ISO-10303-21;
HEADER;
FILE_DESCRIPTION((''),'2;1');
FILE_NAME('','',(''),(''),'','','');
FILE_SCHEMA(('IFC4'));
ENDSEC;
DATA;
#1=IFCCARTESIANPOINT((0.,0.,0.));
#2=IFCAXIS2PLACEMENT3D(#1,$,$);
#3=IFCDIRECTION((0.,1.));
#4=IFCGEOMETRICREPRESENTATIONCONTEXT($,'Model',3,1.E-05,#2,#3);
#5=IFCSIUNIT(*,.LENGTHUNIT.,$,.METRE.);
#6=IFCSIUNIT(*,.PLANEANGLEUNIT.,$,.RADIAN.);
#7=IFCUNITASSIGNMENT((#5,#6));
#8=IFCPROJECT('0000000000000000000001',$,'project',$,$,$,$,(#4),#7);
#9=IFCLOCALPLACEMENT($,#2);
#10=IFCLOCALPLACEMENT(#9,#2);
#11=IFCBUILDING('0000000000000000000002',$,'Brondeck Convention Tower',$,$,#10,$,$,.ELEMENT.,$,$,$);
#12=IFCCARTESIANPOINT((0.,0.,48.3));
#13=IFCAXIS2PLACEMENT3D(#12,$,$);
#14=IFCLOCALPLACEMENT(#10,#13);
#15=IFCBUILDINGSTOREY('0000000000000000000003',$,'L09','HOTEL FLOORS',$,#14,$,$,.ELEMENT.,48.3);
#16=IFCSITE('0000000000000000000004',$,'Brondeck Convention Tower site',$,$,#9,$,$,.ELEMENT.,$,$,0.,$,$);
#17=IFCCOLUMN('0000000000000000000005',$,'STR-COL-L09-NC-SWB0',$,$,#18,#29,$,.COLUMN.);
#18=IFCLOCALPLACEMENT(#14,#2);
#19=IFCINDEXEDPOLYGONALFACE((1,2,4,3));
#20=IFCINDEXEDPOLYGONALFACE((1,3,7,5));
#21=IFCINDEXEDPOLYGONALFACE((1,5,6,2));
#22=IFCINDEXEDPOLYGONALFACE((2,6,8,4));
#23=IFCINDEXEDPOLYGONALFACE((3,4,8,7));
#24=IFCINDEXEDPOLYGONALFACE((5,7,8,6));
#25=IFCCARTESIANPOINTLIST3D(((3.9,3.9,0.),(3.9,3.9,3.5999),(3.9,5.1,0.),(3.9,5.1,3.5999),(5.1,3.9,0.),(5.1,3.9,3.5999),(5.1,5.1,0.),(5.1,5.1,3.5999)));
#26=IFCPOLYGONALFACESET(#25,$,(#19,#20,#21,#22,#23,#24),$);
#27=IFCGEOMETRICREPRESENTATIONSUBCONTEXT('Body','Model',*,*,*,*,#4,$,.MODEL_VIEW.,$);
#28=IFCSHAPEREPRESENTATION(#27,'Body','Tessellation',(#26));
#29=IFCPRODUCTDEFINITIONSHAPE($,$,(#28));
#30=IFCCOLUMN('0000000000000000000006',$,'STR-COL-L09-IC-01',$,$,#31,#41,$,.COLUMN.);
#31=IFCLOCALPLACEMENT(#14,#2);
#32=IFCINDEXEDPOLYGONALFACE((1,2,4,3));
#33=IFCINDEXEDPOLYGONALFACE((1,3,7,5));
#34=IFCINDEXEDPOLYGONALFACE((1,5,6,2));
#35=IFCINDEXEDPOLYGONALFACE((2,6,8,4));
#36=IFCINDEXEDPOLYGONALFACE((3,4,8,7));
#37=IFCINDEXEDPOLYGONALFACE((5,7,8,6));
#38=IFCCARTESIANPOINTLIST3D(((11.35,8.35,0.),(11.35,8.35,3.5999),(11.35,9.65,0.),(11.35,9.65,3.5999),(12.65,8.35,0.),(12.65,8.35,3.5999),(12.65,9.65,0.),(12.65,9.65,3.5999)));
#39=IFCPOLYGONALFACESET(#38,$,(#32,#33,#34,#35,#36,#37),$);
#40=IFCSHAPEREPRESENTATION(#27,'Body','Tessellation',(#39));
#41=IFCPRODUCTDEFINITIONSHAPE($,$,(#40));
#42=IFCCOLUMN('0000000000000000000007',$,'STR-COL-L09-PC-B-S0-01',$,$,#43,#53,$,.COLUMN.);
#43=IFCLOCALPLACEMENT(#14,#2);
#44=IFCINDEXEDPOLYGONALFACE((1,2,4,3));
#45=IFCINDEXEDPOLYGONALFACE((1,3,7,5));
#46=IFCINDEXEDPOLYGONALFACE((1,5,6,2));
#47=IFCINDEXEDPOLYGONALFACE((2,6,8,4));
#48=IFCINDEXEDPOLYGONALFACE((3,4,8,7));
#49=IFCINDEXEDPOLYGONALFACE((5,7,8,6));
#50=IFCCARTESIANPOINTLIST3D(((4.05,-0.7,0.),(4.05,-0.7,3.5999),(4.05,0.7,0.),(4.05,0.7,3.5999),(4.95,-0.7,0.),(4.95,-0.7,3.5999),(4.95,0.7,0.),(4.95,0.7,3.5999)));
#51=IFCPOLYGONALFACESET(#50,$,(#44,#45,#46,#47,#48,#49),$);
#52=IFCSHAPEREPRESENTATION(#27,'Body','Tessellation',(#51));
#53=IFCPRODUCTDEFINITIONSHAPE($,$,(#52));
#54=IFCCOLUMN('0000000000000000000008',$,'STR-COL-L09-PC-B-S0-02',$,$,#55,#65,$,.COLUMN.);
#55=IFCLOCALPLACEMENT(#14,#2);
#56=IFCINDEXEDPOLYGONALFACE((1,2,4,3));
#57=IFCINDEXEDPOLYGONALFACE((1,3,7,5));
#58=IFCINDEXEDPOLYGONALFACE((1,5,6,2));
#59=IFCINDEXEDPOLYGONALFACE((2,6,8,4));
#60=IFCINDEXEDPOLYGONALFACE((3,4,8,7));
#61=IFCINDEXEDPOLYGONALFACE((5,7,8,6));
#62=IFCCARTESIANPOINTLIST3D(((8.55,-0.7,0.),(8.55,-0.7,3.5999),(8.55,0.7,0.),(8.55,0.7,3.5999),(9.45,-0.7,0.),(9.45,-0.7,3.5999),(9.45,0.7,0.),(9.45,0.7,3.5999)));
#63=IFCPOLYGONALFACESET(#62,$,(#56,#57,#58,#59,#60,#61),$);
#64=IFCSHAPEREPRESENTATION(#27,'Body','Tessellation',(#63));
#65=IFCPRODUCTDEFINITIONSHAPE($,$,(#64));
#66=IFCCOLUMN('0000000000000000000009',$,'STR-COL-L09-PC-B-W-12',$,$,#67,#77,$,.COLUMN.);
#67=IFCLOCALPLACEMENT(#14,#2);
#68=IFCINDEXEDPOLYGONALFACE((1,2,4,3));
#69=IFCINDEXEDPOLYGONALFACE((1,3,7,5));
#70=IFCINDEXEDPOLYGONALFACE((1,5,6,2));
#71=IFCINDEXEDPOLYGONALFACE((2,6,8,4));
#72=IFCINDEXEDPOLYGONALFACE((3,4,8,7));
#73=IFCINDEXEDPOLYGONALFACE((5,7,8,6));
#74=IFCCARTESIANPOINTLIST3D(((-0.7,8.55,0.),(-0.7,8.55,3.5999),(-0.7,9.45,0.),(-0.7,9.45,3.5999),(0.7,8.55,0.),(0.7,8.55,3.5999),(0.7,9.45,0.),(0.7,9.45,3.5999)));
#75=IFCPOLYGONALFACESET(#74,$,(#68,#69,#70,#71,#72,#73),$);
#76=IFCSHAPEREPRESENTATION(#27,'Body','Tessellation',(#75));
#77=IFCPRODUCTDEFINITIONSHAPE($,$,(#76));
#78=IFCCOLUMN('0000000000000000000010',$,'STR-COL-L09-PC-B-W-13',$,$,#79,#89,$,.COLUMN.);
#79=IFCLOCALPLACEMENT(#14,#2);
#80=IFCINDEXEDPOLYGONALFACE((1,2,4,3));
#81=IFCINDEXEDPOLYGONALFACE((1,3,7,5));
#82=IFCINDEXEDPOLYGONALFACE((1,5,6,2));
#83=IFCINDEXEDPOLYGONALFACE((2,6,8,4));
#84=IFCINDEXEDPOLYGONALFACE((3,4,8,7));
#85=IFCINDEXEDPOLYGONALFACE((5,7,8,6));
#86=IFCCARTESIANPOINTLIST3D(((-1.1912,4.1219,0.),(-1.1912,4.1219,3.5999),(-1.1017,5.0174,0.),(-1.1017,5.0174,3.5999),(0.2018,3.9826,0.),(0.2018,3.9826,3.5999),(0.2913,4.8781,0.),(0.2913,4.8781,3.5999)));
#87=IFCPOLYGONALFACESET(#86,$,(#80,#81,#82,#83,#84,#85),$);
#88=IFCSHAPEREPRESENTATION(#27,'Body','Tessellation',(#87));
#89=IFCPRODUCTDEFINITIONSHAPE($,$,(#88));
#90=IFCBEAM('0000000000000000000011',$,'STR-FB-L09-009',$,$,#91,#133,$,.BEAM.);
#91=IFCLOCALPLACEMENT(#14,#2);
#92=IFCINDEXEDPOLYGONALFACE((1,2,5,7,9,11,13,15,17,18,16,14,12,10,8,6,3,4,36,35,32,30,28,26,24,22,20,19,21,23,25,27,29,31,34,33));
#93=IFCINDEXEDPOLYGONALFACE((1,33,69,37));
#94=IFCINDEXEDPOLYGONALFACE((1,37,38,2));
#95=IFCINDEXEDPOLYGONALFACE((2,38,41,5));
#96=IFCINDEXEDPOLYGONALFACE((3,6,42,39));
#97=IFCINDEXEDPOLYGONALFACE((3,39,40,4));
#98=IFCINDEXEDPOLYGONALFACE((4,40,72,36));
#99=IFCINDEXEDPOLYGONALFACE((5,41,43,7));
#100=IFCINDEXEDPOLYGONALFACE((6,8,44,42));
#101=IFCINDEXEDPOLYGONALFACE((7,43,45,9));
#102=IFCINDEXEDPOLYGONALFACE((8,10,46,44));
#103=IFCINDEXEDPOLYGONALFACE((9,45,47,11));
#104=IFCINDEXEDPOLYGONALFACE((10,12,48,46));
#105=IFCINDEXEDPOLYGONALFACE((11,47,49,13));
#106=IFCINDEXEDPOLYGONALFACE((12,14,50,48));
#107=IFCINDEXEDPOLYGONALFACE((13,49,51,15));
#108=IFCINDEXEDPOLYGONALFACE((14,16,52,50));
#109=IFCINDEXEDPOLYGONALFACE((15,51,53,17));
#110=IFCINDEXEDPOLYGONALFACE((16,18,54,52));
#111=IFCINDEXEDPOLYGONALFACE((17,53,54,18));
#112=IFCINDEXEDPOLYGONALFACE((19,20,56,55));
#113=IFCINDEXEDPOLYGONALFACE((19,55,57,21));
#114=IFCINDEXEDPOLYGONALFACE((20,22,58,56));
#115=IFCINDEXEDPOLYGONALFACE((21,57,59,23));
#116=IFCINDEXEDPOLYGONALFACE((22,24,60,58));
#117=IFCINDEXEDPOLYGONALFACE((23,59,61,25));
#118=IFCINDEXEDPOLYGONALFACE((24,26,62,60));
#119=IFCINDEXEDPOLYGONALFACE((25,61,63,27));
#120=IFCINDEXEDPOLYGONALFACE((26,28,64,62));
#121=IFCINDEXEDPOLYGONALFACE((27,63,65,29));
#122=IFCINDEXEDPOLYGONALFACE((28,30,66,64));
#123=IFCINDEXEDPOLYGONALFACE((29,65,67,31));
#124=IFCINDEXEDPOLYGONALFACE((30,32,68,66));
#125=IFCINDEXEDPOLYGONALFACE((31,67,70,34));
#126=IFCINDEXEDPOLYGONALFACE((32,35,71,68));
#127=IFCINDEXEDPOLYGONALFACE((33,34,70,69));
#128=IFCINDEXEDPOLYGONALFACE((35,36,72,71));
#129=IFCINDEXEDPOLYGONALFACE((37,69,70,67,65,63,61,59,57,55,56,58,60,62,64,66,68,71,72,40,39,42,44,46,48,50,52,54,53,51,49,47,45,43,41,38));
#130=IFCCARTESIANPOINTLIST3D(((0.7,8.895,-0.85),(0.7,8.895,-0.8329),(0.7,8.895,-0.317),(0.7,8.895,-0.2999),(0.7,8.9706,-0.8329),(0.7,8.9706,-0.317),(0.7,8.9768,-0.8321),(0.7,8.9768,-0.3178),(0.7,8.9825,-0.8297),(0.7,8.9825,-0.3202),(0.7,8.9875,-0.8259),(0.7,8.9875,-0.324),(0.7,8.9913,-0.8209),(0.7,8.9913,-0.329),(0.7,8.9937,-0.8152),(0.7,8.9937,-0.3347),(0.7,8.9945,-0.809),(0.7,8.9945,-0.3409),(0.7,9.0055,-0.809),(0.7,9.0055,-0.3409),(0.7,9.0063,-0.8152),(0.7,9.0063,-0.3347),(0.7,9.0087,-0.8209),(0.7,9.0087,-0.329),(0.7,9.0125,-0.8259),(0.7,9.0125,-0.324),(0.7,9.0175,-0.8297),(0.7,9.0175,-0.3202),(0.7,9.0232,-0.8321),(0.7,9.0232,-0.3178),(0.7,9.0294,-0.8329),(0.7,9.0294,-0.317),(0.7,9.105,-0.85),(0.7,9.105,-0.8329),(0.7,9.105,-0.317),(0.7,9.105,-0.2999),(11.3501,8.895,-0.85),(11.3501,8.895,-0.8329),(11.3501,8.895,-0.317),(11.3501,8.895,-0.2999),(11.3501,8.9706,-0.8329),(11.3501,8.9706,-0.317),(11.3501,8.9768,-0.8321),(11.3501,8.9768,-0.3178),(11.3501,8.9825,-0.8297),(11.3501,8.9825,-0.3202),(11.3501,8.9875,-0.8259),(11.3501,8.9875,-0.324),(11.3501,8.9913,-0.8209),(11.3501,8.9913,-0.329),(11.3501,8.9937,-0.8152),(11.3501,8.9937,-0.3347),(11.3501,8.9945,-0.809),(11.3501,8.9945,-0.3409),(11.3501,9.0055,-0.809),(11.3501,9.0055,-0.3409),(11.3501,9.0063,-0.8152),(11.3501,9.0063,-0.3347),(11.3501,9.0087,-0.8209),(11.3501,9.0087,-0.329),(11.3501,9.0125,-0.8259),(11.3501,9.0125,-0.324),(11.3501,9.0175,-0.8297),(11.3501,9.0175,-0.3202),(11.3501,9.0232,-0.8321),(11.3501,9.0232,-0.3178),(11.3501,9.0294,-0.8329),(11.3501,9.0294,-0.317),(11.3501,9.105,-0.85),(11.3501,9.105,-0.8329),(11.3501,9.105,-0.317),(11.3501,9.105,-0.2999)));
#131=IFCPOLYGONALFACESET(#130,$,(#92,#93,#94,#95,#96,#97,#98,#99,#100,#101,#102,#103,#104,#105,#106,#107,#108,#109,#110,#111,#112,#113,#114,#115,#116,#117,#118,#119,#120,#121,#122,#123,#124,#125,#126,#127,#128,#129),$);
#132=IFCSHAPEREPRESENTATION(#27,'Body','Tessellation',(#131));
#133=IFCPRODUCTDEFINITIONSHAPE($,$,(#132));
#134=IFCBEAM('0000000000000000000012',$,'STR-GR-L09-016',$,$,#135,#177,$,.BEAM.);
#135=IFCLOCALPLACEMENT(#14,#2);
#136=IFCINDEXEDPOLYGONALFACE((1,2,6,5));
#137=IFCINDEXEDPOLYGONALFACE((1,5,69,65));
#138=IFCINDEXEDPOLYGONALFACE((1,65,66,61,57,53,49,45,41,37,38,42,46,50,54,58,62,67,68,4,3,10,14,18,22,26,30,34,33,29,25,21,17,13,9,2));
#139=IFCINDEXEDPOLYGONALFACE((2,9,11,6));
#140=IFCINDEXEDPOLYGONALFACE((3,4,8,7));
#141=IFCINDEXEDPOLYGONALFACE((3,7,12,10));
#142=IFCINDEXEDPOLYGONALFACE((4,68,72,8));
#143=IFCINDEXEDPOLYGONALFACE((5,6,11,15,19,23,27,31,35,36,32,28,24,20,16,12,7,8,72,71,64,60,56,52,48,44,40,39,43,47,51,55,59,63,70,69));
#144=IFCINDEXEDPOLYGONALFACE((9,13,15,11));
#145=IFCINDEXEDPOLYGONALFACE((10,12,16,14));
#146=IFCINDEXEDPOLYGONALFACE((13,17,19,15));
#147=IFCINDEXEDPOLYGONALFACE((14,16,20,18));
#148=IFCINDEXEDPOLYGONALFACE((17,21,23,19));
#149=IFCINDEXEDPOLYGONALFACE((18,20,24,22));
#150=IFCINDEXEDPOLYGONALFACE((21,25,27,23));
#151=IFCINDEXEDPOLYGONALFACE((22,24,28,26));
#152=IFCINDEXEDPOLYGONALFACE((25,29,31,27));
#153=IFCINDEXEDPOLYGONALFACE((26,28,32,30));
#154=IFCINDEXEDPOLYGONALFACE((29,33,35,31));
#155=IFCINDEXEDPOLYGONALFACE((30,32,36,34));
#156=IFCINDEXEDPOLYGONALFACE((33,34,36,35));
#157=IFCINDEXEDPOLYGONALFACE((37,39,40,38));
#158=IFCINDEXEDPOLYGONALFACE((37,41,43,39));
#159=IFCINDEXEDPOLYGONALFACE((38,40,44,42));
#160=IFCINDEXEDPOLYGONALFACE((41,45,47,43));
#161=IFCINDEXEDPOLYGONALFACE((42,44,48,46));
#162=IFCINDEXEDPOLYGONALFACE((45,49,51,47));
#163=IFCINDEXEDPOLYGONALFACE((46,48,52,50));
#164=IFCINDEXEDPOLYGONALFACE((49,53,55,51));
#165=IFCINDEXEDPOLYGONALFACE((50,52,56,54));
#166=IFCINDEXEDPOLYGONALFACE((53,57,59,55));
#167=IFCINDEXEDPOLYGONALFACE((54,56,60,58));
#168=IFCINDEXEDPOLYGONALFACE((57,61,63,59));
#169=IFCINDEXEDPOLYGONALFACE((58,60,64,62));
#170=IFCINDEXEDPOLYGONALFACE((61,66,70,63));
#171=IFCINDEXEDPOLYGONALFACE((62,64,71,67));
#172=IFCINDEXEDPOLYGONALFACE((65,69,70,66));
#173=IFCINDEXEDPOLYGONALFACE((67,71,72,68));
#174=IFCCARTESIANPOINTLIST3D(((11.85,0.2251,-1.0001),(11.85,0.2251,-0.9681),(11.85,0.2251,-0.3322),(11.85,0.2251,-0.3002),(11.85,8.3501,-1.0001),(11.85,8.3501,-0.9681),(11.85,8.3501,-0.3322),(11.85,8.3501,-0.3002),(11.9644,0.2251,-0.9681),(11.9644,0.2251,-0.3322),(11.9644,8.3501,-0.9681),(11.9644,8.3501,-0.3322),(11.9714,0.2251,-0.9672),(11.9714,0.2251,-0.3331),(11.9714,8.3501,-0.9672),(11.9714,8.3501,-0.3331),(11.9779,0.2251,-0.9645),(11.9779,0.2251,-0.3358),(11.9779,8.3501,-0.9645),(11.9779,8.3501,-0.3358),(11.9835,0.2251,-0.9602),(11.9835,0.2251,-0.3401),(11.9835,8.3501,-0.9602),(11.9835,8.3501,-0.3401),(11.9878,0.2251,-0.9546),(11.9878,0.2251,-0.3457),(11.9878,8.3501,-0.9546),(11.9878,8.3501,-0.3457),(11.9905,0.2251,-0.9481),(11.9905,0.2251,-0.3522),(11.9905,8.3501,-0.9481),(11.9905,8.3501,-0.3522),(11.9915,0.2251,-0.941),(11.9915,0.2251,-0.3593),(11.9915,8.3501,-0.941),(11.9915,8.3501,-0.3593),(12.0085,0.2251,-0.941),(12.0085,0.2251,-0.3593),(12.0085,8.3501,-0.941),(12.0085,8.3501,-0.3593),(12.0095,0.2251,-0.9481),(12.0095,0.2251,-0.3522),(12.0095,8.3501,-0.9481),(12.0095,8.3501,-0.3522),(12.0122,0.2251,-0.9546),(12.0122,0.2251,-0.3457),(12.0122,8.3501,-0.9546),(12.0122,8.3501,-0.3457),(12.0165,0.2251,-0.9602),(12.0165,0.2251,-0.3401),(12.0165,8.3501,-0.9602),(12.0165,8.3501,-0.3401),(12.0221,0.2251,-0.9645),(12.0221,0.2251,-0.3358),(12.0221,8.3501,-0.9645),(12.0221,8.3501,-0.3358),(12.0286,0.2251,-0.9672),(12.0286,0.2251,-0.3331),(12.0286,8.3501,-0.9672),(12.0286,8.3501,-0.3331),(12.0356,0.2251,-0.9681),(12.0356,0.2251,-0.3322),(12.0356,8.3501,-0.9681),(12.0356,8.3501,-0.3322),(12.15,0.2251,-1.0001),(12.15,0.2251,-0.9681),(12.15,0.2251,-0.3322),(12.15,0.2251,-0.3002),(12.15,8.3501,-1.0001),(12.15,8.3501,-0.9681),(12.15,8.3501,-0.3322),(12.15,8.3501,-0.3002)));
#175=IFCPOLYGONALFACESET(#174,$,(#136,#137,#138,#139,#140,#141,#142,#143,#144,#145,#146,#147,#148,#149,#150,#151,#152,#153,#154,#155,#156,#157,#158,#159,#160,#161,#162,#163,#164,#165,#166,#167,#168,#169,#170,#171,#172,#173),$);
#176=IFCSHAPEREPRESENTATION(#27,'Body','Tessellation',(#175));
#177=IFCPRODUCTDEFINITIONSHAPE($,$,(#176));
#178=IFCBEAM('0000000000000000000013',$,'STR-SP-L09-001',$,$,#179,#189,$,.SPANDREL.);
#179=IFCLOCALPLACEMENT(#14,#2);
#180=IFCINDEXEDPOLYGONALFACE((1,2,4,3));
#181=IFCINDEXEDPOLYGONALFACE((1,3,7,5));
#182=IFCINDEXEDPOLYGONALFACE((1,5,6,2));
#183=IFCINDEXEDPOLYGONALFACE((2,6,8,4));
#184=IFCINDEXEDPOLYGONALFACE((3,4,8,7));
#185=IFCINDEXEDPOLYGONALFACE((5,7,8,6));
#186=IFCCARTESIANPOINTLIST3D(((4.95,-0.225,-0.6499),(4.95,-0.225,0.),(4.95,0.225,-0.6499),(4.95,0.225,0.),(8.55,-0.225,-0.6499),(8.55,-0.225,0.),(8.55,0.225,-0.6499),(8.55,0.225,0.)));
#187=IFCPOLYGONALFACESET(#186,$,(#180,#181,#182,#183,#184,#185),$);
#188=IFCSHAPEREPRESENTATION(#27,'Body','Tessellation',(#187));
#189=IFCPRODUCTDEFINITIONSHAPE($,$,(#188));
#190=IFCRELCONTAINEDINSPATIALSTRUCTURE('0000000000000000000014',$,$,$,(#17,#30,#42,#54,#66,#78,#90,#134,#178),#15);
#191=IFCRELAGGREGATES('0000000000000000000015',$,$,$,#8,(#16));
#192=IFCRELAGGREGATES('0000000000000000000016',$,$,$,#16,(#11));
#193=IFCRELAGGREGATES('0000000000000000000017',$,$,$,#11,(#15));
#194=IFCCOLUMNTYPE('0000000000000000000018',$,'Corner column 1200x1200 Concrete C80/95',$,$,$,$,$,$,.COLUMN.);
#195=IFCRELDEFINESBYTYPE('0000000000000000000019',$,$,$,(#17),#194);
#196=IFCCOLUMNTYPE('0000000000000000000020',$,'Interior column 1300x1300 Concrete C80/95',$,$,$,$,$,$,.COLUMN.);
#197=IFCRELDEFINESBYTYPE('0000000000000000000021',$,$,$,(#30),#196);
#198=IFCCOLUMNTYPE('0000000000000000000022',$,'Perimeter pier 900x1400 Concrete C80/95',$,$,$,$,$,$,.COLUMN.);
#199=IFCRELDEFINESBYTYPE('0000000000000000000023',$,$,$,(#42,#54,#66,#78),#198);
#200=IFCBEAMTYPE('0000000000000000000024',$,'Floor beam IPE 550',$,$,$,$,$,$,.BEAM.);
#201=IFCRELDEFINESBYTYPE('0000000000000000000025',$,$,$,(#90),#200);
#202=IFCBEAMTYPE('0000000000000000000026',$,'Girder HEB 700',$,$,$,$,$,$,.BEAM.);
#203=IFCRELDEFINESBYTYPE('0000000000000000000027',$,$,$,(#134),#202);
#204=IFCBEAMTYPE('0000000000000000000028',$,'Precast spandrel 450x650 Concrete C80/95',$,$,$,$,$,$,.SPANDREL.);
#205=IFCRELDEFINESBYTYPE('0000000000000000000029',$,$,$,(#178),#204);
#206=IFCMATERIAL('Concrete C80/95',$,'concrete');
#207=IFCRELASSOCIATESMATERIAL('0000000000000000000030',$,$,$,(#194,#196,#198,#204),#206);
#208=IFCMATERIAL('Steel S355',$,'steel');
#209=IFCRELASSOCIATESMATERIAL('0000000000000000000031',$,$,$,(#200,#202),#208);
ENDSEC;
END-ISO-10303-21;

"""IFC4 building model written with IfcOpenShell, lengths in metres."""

from ifc_helpers import new_model, si_unit, direction, frame, origin, origin_2d, place, context, subcontext, project, spatial, rectangle, i_section, extrude, material, material_profile, profile_set, type_object, element, save


model = new_model("IFC4")

# Units and contexts
model_context = context("Model", 3, precision=1e-05, world=origin(), true_north=direction((0.0, 1.0)))
body_context = subcontext(model_context, "Body", "Model", "MODEL_VIEW")
ifc_project = project(units=[si_unit("LENGTHUNIT", "METRE"), si_unit("PLANEANGLEUNIT", "RADIAN")], contexts=[model_context])

# Site, building, storey
site_placement = place(None, origin())
site = spatial("IfcSite", under=ifc_project, at=site_placement, Name="Brondeck Convention Tower site", CompositionType="ELEMENT", RefElevation=0.0)
building_placement = place(site_placement, origin())
building = spatial("IfcBuilding", under=site, at=building_placement, Name="Brondeck Convention Tower", CompositionType="ELEMENT")
storey_placement = place(building_placement, frame((0.0, 0.0, 48.3)))
storey = spatial("IfcBuildingStorey", under=building, at=storey_placement, Name="L09", Description="HOTEL FLOORS", CompositionType="ELEMENT", Elevation=48.3)

# Columns
ifc_material_1 = material(Name="Concrete C80/95", Category="concrete")
ifc_material_profile_1 = material_profile(ifc_material_1, rectangle(XDim=1.2, YDim=1.2, at=origin_2d()), Name="Corner column 1200x1200 Concrete C80/95")
ifc_profile_set_1 = profile_set([ifc_material_profile_1], Name="Concrete C80/95")
column_type_1 = type_object("IfcColumnType", Name="Corner column 1200x1200 Concrete C80/95", PredefinedType="COLUMN", material=ifc_profile_set_1)
column_1_placement = place(storey_placement, frame((4.5, 4.5, 0.0), z_axis=(0.0, 0.0, 1.0), x_axis=(1.0, 0.0, 0.0)))
element("IfcColumn", 1, at=column_1_placement, inside=storey, type_object=column_type_1, Name="STR-COL-L09-NC-SWB0", PredefinedType="COLUMN", context=body_context, shape_type="SweptSolid", body=[
    extrude(rectangle(XDim=1.2, YDim=1.2, at=origin_2d()), origin(), (0.0, 0.0, 1.0), 3.5999),
])
ifc_material_profile_2 = material_profile(ifc_material_1, rectangle(XDim=1.3, YDim=1.3, at=origin_2d()), Name="Interior column 1300x1300 Concrete C80/95")
ifc_profile_set_2 = profile_set([ifc_material_profile_2], Name="Concrete C80/95")
column_type_2 = type_object("IfcColumnType", Name="Interior column 1300x1300 Concrete C80/95", PredefinedType="COLUMN", material=ifc_profile_set_2)
column_2_placement = place(storey_placement, frame((12.0, 9.0, 0.0), z_axis=(0.0, 0.0, 1.0), x_axis=(1.0, 0.0, 0.0)))
element("IfcColumn", 2, at=column_2_placement, inside=storey, type_object=column_type_2, Name="STR-COL-L09-IC-01", PredefinedType="COLUMN", context=body_context, shape_type="SweptSolid", body=[
    extrude(rectangle(XDim=1.3, YDim=1.3, at=origin_2d()), origin(), (0.0, 0.0, 1.0), 3.5999),
])
ifc_material_profile_3 = material_profile(ifc_material_1, rectangle(XDim=0.8999, YDim=1.3999, at=origin_2d()), Name="Perimeter pier 900x1400 Concrete C80/95")
ifc_profile_set_3 = profile_set([ifc_material_profile_3], Name="Concrete C80/95")
column_type_3 = type_object("IfcColumnType", Name="Perimeter pier 900x1400 Concrete C80/95", PredefinedType="COLUMN", material=ifc_profile_set_3)
for number, where, z_axis, x_axis, name in (
    (3, (4.5, 0.0, 0.0), (0.0, 0.0, 1.0), (1.0, 0.0, 0.0), "STR-COL-L09-PC-B-S0-01"),
    (4, (9.0, 0.0, 0.0), (0.0, 0.0, 1.0), (1.0, 0.0, 0.0), "STR-COL-L09-PC-B-S0-02"),
    (5, (0.0, 9.0, 0.0), (0.0, 0.0, 1.0), (0.0, -1.0, 0.0), "STR-COL-L09-PC-B-W-12"),
    (6, (-0.45, 4.5, 0.0), (0.0, 0.0, 1.0), (-0.099504, -0.995037, 0.0), "STR-COL-L09-PC-B-W-13"),
):
    element("IfcColumn", number, at=place(storey_placement, frame(where, z_axis=z_axis, x_axis=x_axis)), inside=storey, type_object=column_type_3, Name=name, PredefinedType="COLUMN", context=body_context, shape_type="SweptSolid", body=[
        extrude(rectangle(XDim=0.8999, YDim=1.3999, at=origin_2d()), origin(), (0.0, 0.0, 1.0), 3.5999),
    ])

# Beams
ifc_material_2 = material(Name="Steel S355", Category="steel")
ifc_material_profile_4 = material_profile(ifc_material_2, i_section(OverallWidth=0.21, OverallDepth=0.55, WebThickness=0.011, FlangeThickness=0.0171, FilletRadius=0.0239, at=origin_2d()), Name="IPE 550")
ifc_profile_set_4 = profile_set([ifc_material_profile_4], Name="Steel S355")
beam_type_1 = type_object("IfcBeamType", Name="Floor beam IPE 550", PredefinedType="BEAM", material=ifc_profile_set_4)
beam_1_placement = place(storey_placement, frame((0.7, 9.0, -0.575), z_axis=(1.0, 0.0, 0.0), x_axis=(0.0, 1.0, 0.0)))
element("IfcBeam", 7, at=beam_1_placement, inside=storey, type_object=beam_type_1, Name="STR-FB-L09-009", PredefinedType="BEAM", context=body_context, shape_type="SweptSolid", body=[
    extrude(i_section(OverallWidth=0.21, OverallDepth=0.55, WebThickness=0.011, FlangeThickness=0.0171, FilletRadius=0.0239, at=origin_2d()), origin(), (0.0, 0.0, 1.0), 10.6501),
])
ifc_material_profile_5 = material_profile(ifc_material_2, i_section(OverallWidth=0.3, OverallDepth=0.7, WebThickness=0.0171, FlangeThickness=0.032, FilletRadius=0.0271, at=origin_2d()), Name="HEB 700")
ifc_profile_set_5 = profile_set([ifc_material_profile_5], Name="Steel S355")
beam_type_2 = type_object("IfcBeamType", Name="Girder HEB 700", PredefinedType="BEAM", material=ifc_profile_set_5)
beam_2_placement = place(storey_placement, frame((12.0, 8.3501, -0.6501), z_axis=(0.0, -1.0, 0.0), x_axis=(1.0, 0.0, 0.0)))
element("IfcBeam", 8, at=beam_2_placement, inside=storey, type_object=beam_type_2, Name="STR-GR-L09-016", PredefinedType="BEAM", context=body_context, shape_type="SweptSolid", body=[
    extrude(i_section(OverallWidth=0.3, OverallDepth=0.7, WebThickness=0.0171, FlangeThickness=0.032, FilletRadius=0.0271, at=origin_2d()), origin(), (0.0, 0.0, 1.0), 8.125),
])
ifc_material_profile_6 = material_profile(ifc_material_1, rectangle(XDim=0.45, YDim=0.6499, at=origin_2d()), Name="Precast spandrel 450x650 Concrete C80/95")
ifc_profile_set_6 = profile_set([ifc_material_profile_6], Name="Concrete C80/95")
beam_type_3 = type_object("IfcBeamType", Name="Precast spandrel 450x650 Concrete C80/95", PredefinedType="SPANDREL", material=ifc_profile_set_6)
for number, where, z_axis, x_axis, name in (
    (9, (4.95, 0.0, -0.325), (1.0, 0.0, 0.0), (0.0, 1.0, 0.0), "STR-SP-L09-001"),
):
    element("IfcBeam", number, at=place(storey_placement, frame(where, z_axis=z_axis, x_axis=x_axis)), inside=storey, type_object=beam_type_3, Name=name, PredefinedType="SPANDREL", context=body_context, shape_type="SweptSolid", body=[
        extrude(rectangle(XDim=0.45, YDim=0.6499, at=origin_2d()), origin(), (0.0, 0.0, 1.0), 3.6001),
    ])

save(model, "model.ifc")
